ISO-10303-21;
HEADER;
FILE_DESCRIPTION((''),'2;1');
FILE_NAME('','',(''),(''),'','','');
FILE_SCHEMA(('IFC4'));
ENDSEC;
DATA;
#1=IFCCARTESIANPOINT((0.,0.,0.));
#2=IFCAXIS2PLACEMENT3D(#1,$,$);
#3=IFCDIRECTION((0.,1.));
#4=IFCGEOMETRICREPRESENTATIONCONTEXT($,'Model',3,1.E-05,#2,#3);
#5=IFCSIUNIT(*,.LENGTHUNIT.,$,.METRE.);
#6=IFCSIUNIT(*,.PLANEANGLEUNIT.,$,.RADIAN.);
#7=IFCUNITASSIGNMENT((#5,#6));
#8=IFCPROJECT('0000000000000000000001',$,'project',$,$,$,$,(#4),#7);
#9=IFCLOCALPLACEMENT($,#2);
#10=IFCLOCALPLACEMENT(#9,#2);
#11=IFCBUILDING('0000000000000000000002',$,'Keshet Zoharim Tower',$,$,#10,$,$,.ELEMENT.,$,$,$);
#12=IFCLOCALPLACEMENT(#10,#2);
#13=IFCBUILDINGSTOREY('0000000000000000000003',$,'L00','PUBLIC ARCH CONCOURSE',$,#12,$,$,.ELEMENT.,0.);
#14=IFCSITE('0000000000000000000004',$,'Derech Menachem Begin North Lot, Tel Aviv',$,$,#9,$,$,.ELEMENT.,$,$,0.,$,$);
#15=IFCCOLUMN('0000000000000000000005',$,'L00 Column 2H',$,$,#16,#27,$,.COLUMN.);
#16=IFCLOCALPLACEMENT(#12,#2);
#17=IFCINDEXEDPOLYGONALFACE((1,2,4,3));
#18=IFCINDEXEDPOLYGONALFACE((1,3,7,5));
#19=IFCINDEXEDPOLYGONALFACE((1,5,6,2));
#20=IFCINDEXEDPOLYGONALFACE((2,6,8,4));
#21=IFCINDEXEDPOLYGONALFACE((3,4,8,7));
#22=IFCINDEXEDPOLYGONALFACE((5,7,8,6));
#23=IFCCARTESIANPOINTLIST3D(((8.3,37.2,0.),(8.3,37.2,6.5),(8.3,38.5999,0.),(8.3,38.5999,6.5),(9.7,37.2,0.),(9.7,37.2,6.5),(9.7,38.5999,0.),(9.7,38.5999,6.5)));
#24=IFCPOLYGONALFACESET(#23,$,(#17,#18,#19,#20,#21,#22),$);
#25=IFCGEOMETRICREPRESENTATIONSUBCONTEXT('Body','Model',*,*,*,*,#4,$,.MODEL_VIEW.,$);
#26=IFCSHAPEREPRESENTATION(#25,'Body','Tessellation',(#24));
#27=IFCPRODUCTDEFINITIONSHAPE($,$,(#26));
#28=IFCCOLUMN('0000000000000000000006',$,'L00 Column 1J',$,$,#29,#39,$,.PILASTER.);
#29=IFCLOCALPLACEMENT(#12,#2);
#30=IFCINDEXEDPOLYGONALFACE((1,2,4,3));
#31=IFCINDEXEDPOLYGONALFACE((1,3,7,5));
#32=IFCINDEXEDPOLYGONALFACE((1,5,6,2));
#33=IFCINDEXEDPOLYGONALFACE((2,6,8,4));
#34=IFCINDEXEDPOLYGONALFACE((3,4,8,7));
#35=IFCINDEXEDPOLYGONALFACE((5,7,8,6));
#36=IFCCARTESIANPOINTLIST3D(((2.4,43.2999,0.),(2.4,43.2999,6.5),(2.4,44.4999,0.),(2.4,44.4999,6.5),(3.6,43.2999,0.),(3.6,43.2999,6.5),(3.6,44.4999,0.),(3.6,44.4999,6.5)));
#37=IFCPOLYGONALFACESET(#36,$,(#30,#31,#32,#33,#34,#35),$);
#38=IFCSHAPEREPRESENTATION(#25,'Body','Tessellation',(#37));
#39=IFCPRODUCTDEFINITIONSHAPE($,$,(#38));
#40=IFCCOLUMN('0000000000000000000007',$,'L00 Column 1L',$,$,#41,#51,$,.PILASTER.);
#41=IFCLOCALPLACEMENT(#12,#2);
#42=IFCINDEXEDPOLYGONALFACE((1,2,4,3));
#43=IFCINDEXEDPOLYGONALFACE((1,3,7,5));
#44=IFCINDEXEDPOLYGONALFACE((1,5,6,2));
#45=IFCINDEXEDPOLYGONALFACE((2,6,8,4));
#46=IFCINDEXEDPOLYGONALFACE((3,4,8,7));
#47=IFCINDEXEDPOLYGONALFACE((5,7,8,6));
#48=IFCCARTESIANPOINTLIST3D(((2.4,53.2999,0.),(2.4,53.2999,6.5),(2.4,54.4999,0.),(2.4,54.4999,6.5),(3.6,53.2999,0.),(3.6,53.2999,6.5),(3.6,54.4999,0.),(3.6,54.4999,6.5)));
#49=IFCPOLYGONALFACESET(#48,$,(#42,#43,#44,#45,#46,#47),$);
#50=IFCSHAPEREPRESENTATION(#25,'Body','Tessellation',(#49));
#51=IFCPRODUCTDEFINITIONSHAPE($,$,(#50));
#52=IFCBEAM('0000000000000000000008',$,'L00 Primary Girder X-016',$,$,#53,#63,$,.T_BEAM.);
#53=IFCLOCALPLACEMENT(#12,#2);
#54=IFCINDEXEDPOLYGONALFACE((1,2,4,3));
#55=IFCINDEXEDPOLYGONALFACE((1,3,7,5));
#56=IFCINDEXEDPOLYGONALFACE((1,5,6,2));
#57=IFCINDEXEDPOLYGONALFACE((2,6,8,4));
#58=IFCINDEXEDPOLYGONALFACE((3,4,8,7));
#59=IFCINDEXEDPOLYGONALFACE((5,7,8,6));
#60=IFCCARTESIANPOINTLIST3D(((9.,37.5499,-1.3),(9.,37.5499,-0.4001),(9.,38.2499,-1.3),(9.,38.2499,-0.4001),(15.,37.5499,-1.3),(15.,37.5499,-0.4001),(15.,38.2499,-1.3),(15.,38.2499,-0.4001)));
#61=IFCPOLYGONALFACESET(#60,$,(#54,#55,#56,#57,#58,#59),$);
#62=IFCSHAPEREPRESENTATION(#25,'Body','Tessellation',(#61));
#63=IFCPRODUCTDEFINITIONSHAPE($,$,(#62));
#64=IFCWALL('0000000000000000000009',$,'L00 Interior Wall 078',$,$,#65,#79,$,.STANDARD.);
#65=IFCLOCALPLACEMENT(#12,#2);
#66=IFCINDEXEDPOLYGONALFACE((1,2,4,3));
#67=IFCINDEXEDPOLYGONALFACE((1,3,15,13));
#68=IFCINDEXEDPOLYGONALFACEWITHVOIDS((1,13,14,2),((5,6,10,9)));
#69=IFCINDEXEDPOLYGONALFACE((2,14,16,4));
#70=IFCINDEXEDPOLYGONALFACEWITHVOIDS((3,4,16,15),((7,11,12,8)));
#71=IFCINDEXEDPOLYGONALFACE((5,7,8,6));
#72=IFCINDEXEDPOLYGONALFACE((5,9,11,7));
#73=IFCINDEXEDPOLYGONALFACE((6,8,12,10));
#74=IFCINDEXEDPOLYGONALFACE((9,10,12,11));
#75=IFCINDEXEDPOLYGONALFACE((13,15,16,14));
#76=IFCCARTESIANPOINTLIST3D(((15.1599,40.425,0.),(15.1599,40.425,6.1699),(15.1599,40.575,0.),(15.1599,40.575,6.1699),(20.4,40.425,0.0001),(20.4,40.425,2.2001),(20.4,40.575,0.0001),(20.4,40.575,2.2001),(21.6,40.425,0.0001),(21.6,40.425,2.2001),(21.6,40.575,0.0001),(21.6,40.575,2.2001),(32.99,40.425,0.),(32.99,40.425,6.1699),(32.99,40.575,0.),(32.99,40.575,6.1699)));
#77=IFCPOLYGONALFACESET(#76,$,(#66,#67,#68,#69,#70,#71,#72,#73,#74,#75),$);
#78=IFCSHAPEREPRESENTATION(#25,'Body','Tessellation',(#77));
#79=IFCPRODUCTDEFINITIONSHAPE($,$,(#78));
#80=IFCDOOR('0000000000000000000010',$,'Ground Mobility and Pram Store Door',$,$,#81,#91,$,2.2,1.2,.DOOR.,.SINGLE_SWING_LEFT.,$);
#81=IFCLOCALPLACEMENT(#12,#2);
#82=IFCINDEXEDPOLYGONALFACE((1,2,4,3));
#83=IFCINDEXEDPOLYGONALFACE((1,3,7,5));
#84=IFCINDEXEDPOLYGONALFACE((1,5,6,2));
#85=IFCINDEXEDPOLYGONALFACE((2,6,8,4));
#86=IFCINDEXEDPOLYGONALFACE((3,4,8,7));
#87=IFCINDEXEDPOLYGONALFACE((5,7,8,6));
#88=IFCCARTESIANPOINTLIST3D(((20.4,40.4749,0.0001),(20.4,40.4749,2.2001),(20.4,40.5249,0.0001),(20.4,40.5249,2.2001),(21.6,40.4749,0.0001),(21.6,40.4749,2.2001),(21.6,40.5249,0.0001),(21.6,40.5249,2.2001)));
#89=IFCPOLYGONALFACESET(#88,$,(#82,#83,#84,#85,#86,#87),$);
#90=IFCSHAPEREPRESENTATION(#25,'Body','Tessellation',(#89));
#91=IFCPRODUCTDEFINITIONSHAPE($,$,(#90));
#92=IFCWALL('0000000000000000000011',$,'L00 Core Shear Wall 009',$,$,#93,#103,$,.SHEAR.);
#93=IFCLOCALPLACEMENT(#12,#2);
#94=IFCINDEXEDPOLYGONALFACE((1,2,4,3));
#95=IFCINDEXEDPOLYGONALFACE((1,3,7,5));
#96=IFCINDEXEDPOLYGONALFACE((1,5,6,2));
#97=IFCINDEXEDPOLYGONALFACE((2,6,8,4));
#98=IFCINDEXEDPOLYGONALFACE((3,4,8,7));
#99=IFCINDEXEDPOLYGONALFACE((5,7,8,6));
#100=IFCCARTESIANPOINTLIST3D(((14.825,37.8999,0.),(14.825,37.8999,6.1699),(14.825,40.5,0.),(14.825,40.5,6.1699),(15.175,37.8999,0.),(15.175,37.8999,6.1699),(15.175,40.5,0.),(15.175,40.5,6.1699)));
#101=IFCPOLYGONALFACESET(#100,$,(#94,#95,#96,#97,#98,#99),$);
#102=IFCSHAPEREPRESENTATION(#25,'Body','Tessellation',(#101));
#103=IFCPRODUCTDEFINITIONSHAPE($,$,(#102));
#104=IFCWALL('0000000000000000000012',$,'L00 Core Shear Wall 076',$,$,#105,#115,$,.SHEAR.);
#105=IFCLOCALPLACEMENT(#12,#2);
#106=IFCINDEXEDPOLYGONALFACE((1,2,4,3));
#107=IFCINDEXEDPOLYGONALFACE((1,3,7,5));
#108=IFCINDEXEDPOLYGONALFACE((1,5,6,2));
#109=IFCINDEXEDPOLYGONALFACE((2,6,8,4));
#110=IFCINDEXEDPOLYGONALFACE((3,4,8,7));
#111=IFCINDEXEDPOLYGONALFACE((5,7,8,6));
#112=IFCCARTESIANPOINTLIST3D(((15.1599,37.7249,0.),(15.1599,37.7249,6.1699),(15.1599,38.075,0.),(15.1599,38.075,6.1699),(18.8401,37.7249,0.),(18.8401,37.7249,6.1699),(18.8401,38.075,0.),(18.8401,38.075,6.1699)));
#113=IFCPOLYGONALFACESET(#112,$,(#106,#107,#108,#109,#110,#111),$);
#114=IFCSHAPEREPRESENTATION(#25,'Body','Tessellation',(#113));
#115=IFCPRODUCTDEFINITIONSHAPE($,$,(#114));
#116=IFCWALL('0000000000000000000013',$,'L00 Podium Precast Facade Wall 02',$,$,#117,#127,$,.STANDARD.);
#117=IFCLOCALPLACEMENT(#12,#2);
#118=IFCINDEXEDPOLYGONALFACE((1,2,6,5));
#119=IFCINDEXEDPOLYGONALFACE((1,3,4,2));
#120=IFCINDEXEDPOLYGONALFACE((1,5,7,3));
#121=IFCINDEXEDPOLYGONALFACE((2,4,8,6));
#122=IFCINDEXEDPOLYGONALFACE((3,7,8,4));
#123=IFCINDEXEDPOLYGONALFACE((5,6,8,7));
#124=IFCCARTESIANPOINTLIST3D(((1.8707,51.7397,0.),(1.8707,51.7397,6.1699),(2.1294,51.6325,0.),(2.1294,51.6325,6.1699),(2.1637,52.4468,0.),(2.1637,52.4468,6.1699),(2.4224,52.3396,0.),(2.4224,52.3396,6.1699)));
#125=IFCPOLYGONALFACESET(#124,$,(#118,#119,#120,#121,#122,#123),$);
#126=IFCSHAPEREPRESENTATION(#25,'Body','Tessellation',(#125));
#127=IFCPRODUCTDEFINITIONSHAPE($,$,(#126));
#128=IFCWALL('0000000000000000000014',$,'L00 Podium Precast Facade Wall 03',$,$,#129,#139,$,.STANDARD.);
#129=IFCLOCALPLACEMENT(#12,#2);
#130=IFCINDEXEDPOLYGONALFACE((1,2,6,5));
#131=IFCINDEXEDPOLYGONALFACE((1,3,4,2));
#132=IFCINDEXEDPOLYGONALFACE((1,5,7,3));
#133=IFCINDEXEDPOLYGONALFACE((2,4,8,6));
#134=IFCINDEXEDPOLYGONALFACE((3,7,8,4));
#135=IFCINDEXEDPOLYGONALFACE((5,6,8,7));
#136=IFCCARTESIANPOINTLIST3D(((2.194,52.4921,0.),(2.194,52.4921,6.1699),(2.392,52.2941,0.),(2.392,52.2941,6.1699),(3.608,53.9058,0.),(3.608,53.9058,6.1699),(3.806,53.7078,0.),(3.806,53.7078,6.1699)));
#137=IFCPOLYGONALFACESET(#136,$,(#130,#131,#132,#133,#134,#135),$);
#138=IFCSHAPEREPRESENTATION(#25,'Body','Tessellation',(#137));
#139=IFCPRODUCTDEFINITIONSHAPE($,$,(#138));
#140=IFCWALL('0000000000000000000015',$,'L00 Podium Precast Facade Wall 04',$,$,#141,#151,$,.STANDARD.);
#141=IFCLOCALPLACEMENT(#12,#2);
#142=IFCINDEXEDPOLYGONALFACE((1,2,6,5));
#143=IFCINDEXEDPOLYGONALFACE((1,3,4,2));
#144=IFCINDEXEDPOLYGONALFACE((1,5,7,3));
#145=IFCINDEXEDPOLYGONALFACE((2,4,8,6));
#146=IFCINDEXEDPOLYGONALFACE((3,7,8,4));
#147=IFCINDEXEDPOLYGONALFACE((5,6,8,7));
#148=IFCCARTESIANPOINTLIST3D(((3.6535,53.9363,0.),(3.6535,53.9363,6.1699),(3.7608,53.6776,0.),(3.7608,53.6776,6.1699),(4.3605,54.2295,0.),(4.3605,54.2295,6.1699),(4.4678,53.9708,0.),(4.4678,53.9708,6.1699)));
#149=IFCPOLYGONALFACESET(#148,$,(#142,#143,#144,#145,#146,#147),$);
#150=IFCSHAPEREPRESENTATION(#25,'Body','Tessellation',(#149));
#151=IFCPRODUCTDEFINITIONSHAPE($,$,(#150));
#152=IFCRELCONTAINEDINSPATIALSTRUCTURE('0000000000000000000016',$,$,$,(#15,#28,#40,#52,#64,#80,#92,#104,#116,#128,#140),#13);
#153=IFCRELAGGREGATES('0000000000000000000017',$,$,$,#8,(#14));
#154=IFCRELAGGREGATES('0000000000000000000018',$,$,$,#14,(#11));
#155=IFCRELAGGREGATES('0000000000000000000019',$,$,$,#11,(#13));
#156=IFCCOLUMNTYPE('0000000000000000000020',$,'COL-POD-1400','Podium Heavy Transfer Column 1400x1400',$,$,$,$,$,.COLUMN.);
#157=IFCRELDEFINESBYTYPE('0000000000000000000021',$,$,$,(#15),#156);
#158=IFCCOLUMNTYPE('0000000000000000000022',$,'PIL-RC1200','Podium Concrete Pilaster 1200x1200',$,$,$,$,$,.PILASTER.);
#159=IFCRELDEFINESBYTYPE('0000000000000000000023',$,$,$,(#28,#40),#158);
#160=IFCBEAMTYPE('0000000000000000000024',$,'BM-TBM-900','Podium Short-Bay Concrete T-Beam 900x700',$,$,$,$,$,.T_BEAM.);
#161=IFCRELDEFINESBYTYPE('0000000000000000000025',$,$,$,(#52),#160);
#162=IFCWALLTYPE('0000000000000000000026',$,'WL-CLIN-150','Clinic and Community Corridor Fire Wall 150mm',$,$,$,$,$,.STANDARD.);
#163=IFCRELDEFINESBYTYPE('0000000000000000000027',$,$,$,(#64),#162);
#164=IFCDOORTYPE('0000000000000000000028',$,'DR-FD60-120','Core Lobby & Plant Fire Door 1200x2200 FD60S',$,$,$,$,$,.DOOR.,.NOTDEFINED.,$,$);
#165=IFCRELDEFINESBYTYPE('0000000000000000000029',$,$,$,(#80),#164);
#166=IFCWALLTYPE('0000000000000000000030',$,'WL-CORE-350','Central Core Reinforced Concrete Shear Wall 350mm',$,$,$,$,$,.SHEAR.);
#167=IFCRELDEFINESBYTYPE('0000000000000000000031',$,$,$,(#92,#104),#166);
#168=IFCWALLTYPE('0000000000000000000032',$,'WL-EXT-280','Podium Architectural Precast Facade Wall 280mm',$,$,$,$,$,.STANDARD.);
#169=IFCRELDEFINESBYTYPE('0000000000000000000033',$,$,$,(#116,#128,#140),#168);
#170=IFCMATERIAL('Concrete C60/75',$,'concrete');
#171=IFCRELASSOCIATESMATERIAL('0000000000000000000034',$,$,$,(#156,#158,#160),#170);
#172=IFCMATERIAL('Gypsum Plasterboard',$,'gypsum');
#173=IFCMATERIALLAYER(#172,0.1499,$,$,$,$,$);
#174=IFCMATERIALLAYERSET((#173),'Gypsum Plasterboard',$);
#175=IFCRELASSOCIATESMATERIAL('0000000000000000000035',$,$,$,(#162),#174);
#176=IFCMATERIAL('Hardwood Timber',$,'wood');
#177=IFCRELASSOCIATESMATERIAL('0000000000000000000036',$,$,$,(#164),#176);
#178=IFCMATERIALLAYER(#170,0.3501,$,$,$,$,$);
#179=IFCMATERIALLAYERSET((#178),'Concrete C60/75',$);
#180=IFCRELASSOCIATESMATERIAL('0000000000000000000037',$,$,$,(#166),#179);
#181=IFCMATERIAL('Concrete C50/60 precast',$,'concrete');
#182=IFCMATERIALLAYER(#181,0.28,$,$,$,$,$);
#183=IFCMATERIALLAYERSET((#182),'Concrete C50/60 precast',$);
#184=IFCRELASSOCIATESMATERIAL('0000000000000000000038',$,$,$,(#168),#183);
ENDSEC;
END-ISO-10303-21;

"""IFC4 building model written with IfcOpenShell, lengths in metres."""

from ifc_helpers import new_model, si_unit, direction, frame, frame_2d, origin, origin_2d, place, context, subcontext, project, spatial, rectangle, extrude, material, layer, layer_set, material_profile, profile_set, type_object, element, fill, save


model = new_model("IFC4")

# Units and contexts
model_context = context("Model", 3, precision=1e-05, world=origin(), true_north=direction((0.0, 1.0)))
body_context = subcontext(model_context, "Body", "Model", "MODEL_VIEW")
ifc_project = project(units=[si_unit("LENGTHUNIT", "METRE"), si_unit("PLANEANGLEUNIT", "RADIAN")], contexts=[model_context])

# Site, building, storey
site_placement = place(None, origin())
site = spatial("IfcSite", under=ifc_project, at=site_placement, Name="Derech Menachem Begin North Lot, Tel Aviv", CompositionType="ELEMENT", RefElevation=0.0)
building_placement = place(site_placement, origin())
building = spatial("IfcBuilding", under=site, at=building_placement, Name="Keshet Zoharim Tower", CompositionType="ELEMENT")
storey_placement = place(building_placement, origin())
storey = spatial("IfcBuildingStorey", under=building, at=storey_placement, Name="L00", Description="PUBLIC ARCH CONCOURSE", CompositionType="ELEMENT", Elevation=0.0)

# Columns
ifc_material_1 = material(Name="Concrete C60/75", Category="concrete")
ifc_material_profile_1 = material_profile(ifc_material_1, rectangle(XDim=1.3999, YDim=1.3999, at=origin_2d()), Name="RC1400x1400")
ifc_profile_set_1 = profile_set([ifc_material_profile_1], Name="Concrete C60/75")
column_type_1 = type_object("IfcColumnType", Name="COL-POD-1400", Description="Podium Heavy Transfer Column 1400x1400", PredefinedType="COLUMN", material=ifc_profile_set_1)
column_placement = place(storey_placement, frame((9.0, 37.8999, 0.0), z_axis=(0.0, 0.0, 1.0), x_axis=(1.0, 0.0, 0.0)))
element("IfcColumn", 1, at=column_placement, inside=storey, type_object=column_type_1, Name="L00 Column 2H", PredefinedType="COLUMN", context=body_context, shape_type="SweptSolid", body=[
    extrude(rectangle(XDim=1.3999, YDim=1.3999, at=origin_2d()), origin(), (0.0, 0.0, 1.0), 6.5),
])
ifc_material_profile_2 = material_profile(ifc_material_1, rectangle(XDim=1.2, YDim=1.2, at=origin_2d()), Name="RC1200x1200")
ifc_profile_set_2 = profile_set([ifc_material_profile_2], Name="Concrete C60/75")
column_type_2 = type_object("IfcColumnType", Name="PIL-RC1200", Description="Podium Concrete Pilaster 1200x1200", PredefinedType="PILASTER", material=ifc_profile_set_2)
for number, where, z_axis, x_axis, name in (
    (2, (3.0, 43.8999, 0.0), (0.0, 0.0, 1.0), (1.0, 0.0, 0.0), "L00 Column 1J"),
    (3, (3.0, 53.8999, 0.0), (0.0, 0.0, 1.0), (1.0, 0.0, 0.0), "L00 Column 1L"),
):
    element("IfcColumn", number, at=place(storey_placement, frame(where, z_axis=z_axis, x_axis=x_axis)), inside=storey, type_object=column_type_2, Name=name, PredefinedType="PILASTER", context=body_context, shape_type="SweptSolid", body=[
        extrude(rectangle(XDim=1.2, YDim=1.2, at=origin_2d()), origin(), (0.0, 0.0, 1.0), 6.5),
    ])

# Beam
ifc_material_profile_3 = material_profile(ifc_material_1, rectangle(XDim=0.7, YDim=0.8999, at=origin_2d()), Name="RC900x700")
ifc_profile_set_3 = profile_set([ifc_material_profile_3], Name="Concrete C60/75")
beam_type = type_object("IfcBeamType", Name="BM-TBM-900", Description="Podium Short-Bay Concrete T-Beam 900x700", PredefinedType="T_BEAM", material=ifc_profile_set_3)
beam_placement = place(storey_placement, frame((9.0, 37.8999, -0.8501), z_axis=(1.0, 0.0, 0.0), x_axis=(0.0, 1.0, 0.0)))
element("IfcBeam", 4, at=beam_placement, inside=storey, type_object=beam_type, Name="L00 Primary Girder X-016", PredefinedType="T_BEAM", context=body_context, shape_type="SweptSolid", body=[
    extrude(rectangle(XDim=0.7, YDim=0.8999, at=origin_2d()), origin(), (0.0, 0.0, 1.0), 6.0),
])

# Wall, opening, door
ifc_material_2 = material(Name="Gypsum Plasterboard", Category="gypsum")
ifc_layer_1 = layer(ifc_material_2, 0.1499)
ifc_layer_set_1 = layer_set([ifc_layer_1], Name="Gypsum Plasterboard")
wall_type_1 = type_object("IfcWallType", Name="WL-CLIN-150", Description="Clinic and Community Corridor Fire Wall 150mm", PredefinedType="STANDARD", material=ifc_layer_set_1)
wall_1_placement = place(storey_placement, frame((15.1599, 40.5, 0.0), z_axis=(0.0, 0.0, 1.0), x_axis=(1.0, 0.0, 0.0)))
wall_1 = element("IfcWall", 5, at=wall_1_placement, inside=storey, type_object=wall_type_1, Name="L00 Interior Wall 078", PredefinedType="STANDARD", context=body_context, shape_type="SweptSolid", body=[
    extrude(rectangle(XDim=17.8301, YDim=0.1499, at=frame_2d((8.915, 0.0))), origin(), (0.0, 0.0, 1.0), 6.1699),
])
opening_1_placement = place(wall_1_placement, frame((5.24, 0.0, 0.0)))
opening_1 = element("IfcOpeningElement", 6, at=opening_1_placement, cuts=wall_1, PredefinedType="OPENING", context=body_context, shape_type="SweptSolid", body=[
    extrude(rectangle(XDim=1.2, YDim=2.2, at=frame_2d((0.6001, 1.1001))), frame((0.0, 0.085, 0.0), z_axis=(0.0, -1.0, 0.0), x_axis=(1.0, 0.0, 0.0)), (0.0, 0.0, 1.0), 0.1699),
])
ifc_material_3 = material(Name="Hardwood Timber", Category="wood")
door_type_1 = type_object("IfcDoorType", Name="DR-FD60-120", Description="Core Lobby & Plant Fire Door 1200x2200 FD60S", OperationType="NOTDEFINED", PredefinedType="DOOR", material=ifc_material_3)
door_1_placement = place(opening_1_placement, origin())
door_1 = element("IfcDoor", 7, at=door_1_placement, inside=storey, type_object=door_type_1, Name="Ground Mobility and Pram Store Door", OperationType="SINGLE_SWING_LEFT", OverallHeight=2.2, OverallWidth=1.2, PredefinedType="DOOR", context=body_context, shape_type="SweptSolid", body=[
    extrude(rectangle(XDim=1.2, YDim=2.2, at=frame_2d((0.6001, 1.1001))), frame((0.0, 0.0249, 0.0), z_axis=(0.0, -1.0, 0.0), x_axis=(1.0, 0.0, 0.0)), (0.0, 0.0, 1.0), 0.05),
])
fill(opening_1, door_1)

# Walls
ifc_layer_2 = layer(ifc_material_1, 0.3501)
ifc_layer_set_2 = layer_set([ifc_layer_2], Name="Concrete C60/75")
wall_type_2 = type_object("IfcWallType", Name="WL-CORE-350", Description="Central Core Reinforced Concrete Shear Wall 350mm", PredefinedType="SHEAR", material=ifc_layer_set_2)
wall_2_placement = place(storey_placement, frame((15.0, 37.8999, 0.0), z_axis=(0.0, 0.0, 1.0), x_axis=(0.0, 1.0, 0.0)))
element("IfcWall", 8, at=wall_2_placement, inside=storey, type_object=wall_type_2, Name="L00 Core Shear Wall 009", PredefinedType="SHEAR", context=body_context, shape_type="SweptSolid", body=[
    extrude(rectangle(XDim=2.6001, YDim=0.3501, at=frame_2d((1.3, 0.0))), origin(), (0.0, 0.0, 1.0), 6.1699),
])
wall_3_placement = place(storey_placement, frame((15.1599, 37.8999, 0.0), z_axis=(0.0, 0.0, 1.0), x_axis=(1.0, 0.0, 0.0)))
element("IfcWall", 9, at=wall_3_placement, inside=storey, type_object=wall_type_2, Name="L00 Core Shear Wall 076", PredefinedType="SHEAR", context=body_context, shape_type="SweptSolid", body=[
    extrude(rectangle(XDim=3.6802, YDim=0.3501, at=frame_2d((1.8401, 0.0))), origin(), (0.0, 0.0, 1.0), 6.1699),
])
ifc_material_4 = material(Name="Concrete C50/60 precast", Category="concrete")
ifc_layer_3 = layer(ifc_material_4, 0.28)
ifc_layer_set_3 = layer_set([ifc_layer_3], Name="Concrete C50/60 precast")
wall_type_3 = type_object("IfcWallType", Name="WL-EXT-280", Description="Podium Architectural Precast Facade Wall 280mm", PredefinedType="STANDARD", material=ifc_layer_set_3)
wall_4_placement = place(storey_placement, frame((2.0, 51.686, 0.0), z_axis=(0.0, 0.0, 1.0), x_axis=(0.382803, 0.92383, 0.0)))
element("IfcWall", 10, at=wall_4_placement, inside=storey, type_object=wall_type_3, Name="L00 Podium Precast Facade Wall 02", PredefinedType="STANDARD", context=body_context, shape_type="SweptSolid", body=[
    extrude(rectangle(XDim=0.7654, YDim=0.28, at=frame_2d((0.3828, 0.0))), origin(), (0.0, 0.0, 1.0), 6.1699),
])
wall_5_placement = place(storey_placement, frame((2.293, 52.3931, 0.0), z_axis=(0.0, 0.0, 1.0), x_axis=(0.707168, 0.707046, 0.0)))
element("IfcWall", 11, at=wall_5_placement, inside=storey, type_object=wall_type_3, Name="L00 Podium Precast Facade Wall 03", PredefinedType="STANDARD", context=body_context, shape_type="SweptSolid", body=[
    extrude(rectangle(XDim=1.9995, YDim=0.28, at=frame_2d((0.9998, 0.0))), origin(), (0.0, 0.0, 1.0), 6.1699),
])
wall_6_placement = place(storey_placement, frame((3.707, 53.8069, 0.0), z_axis=(0.0, 0.0, 1.0), x_axis=(0.923717, 0.383075, 0.0)))
element("IfcWall", 12, at=wall_6_placement, inside=storey, type_object=wall_type_3, Name="L00 Podium Precast Facade Wall 04", PredefinedType="STANDARD", context=body_context, shape_type="SweptSolid", body=[
    extrude(rectangle(XDim=0.7654, YDim=0.28, at=frame_2d((0.3828, 0.0))), origin(), (0.0, 0.0, 1.0), 6.1699),
])

save(model, "model.ifc")
